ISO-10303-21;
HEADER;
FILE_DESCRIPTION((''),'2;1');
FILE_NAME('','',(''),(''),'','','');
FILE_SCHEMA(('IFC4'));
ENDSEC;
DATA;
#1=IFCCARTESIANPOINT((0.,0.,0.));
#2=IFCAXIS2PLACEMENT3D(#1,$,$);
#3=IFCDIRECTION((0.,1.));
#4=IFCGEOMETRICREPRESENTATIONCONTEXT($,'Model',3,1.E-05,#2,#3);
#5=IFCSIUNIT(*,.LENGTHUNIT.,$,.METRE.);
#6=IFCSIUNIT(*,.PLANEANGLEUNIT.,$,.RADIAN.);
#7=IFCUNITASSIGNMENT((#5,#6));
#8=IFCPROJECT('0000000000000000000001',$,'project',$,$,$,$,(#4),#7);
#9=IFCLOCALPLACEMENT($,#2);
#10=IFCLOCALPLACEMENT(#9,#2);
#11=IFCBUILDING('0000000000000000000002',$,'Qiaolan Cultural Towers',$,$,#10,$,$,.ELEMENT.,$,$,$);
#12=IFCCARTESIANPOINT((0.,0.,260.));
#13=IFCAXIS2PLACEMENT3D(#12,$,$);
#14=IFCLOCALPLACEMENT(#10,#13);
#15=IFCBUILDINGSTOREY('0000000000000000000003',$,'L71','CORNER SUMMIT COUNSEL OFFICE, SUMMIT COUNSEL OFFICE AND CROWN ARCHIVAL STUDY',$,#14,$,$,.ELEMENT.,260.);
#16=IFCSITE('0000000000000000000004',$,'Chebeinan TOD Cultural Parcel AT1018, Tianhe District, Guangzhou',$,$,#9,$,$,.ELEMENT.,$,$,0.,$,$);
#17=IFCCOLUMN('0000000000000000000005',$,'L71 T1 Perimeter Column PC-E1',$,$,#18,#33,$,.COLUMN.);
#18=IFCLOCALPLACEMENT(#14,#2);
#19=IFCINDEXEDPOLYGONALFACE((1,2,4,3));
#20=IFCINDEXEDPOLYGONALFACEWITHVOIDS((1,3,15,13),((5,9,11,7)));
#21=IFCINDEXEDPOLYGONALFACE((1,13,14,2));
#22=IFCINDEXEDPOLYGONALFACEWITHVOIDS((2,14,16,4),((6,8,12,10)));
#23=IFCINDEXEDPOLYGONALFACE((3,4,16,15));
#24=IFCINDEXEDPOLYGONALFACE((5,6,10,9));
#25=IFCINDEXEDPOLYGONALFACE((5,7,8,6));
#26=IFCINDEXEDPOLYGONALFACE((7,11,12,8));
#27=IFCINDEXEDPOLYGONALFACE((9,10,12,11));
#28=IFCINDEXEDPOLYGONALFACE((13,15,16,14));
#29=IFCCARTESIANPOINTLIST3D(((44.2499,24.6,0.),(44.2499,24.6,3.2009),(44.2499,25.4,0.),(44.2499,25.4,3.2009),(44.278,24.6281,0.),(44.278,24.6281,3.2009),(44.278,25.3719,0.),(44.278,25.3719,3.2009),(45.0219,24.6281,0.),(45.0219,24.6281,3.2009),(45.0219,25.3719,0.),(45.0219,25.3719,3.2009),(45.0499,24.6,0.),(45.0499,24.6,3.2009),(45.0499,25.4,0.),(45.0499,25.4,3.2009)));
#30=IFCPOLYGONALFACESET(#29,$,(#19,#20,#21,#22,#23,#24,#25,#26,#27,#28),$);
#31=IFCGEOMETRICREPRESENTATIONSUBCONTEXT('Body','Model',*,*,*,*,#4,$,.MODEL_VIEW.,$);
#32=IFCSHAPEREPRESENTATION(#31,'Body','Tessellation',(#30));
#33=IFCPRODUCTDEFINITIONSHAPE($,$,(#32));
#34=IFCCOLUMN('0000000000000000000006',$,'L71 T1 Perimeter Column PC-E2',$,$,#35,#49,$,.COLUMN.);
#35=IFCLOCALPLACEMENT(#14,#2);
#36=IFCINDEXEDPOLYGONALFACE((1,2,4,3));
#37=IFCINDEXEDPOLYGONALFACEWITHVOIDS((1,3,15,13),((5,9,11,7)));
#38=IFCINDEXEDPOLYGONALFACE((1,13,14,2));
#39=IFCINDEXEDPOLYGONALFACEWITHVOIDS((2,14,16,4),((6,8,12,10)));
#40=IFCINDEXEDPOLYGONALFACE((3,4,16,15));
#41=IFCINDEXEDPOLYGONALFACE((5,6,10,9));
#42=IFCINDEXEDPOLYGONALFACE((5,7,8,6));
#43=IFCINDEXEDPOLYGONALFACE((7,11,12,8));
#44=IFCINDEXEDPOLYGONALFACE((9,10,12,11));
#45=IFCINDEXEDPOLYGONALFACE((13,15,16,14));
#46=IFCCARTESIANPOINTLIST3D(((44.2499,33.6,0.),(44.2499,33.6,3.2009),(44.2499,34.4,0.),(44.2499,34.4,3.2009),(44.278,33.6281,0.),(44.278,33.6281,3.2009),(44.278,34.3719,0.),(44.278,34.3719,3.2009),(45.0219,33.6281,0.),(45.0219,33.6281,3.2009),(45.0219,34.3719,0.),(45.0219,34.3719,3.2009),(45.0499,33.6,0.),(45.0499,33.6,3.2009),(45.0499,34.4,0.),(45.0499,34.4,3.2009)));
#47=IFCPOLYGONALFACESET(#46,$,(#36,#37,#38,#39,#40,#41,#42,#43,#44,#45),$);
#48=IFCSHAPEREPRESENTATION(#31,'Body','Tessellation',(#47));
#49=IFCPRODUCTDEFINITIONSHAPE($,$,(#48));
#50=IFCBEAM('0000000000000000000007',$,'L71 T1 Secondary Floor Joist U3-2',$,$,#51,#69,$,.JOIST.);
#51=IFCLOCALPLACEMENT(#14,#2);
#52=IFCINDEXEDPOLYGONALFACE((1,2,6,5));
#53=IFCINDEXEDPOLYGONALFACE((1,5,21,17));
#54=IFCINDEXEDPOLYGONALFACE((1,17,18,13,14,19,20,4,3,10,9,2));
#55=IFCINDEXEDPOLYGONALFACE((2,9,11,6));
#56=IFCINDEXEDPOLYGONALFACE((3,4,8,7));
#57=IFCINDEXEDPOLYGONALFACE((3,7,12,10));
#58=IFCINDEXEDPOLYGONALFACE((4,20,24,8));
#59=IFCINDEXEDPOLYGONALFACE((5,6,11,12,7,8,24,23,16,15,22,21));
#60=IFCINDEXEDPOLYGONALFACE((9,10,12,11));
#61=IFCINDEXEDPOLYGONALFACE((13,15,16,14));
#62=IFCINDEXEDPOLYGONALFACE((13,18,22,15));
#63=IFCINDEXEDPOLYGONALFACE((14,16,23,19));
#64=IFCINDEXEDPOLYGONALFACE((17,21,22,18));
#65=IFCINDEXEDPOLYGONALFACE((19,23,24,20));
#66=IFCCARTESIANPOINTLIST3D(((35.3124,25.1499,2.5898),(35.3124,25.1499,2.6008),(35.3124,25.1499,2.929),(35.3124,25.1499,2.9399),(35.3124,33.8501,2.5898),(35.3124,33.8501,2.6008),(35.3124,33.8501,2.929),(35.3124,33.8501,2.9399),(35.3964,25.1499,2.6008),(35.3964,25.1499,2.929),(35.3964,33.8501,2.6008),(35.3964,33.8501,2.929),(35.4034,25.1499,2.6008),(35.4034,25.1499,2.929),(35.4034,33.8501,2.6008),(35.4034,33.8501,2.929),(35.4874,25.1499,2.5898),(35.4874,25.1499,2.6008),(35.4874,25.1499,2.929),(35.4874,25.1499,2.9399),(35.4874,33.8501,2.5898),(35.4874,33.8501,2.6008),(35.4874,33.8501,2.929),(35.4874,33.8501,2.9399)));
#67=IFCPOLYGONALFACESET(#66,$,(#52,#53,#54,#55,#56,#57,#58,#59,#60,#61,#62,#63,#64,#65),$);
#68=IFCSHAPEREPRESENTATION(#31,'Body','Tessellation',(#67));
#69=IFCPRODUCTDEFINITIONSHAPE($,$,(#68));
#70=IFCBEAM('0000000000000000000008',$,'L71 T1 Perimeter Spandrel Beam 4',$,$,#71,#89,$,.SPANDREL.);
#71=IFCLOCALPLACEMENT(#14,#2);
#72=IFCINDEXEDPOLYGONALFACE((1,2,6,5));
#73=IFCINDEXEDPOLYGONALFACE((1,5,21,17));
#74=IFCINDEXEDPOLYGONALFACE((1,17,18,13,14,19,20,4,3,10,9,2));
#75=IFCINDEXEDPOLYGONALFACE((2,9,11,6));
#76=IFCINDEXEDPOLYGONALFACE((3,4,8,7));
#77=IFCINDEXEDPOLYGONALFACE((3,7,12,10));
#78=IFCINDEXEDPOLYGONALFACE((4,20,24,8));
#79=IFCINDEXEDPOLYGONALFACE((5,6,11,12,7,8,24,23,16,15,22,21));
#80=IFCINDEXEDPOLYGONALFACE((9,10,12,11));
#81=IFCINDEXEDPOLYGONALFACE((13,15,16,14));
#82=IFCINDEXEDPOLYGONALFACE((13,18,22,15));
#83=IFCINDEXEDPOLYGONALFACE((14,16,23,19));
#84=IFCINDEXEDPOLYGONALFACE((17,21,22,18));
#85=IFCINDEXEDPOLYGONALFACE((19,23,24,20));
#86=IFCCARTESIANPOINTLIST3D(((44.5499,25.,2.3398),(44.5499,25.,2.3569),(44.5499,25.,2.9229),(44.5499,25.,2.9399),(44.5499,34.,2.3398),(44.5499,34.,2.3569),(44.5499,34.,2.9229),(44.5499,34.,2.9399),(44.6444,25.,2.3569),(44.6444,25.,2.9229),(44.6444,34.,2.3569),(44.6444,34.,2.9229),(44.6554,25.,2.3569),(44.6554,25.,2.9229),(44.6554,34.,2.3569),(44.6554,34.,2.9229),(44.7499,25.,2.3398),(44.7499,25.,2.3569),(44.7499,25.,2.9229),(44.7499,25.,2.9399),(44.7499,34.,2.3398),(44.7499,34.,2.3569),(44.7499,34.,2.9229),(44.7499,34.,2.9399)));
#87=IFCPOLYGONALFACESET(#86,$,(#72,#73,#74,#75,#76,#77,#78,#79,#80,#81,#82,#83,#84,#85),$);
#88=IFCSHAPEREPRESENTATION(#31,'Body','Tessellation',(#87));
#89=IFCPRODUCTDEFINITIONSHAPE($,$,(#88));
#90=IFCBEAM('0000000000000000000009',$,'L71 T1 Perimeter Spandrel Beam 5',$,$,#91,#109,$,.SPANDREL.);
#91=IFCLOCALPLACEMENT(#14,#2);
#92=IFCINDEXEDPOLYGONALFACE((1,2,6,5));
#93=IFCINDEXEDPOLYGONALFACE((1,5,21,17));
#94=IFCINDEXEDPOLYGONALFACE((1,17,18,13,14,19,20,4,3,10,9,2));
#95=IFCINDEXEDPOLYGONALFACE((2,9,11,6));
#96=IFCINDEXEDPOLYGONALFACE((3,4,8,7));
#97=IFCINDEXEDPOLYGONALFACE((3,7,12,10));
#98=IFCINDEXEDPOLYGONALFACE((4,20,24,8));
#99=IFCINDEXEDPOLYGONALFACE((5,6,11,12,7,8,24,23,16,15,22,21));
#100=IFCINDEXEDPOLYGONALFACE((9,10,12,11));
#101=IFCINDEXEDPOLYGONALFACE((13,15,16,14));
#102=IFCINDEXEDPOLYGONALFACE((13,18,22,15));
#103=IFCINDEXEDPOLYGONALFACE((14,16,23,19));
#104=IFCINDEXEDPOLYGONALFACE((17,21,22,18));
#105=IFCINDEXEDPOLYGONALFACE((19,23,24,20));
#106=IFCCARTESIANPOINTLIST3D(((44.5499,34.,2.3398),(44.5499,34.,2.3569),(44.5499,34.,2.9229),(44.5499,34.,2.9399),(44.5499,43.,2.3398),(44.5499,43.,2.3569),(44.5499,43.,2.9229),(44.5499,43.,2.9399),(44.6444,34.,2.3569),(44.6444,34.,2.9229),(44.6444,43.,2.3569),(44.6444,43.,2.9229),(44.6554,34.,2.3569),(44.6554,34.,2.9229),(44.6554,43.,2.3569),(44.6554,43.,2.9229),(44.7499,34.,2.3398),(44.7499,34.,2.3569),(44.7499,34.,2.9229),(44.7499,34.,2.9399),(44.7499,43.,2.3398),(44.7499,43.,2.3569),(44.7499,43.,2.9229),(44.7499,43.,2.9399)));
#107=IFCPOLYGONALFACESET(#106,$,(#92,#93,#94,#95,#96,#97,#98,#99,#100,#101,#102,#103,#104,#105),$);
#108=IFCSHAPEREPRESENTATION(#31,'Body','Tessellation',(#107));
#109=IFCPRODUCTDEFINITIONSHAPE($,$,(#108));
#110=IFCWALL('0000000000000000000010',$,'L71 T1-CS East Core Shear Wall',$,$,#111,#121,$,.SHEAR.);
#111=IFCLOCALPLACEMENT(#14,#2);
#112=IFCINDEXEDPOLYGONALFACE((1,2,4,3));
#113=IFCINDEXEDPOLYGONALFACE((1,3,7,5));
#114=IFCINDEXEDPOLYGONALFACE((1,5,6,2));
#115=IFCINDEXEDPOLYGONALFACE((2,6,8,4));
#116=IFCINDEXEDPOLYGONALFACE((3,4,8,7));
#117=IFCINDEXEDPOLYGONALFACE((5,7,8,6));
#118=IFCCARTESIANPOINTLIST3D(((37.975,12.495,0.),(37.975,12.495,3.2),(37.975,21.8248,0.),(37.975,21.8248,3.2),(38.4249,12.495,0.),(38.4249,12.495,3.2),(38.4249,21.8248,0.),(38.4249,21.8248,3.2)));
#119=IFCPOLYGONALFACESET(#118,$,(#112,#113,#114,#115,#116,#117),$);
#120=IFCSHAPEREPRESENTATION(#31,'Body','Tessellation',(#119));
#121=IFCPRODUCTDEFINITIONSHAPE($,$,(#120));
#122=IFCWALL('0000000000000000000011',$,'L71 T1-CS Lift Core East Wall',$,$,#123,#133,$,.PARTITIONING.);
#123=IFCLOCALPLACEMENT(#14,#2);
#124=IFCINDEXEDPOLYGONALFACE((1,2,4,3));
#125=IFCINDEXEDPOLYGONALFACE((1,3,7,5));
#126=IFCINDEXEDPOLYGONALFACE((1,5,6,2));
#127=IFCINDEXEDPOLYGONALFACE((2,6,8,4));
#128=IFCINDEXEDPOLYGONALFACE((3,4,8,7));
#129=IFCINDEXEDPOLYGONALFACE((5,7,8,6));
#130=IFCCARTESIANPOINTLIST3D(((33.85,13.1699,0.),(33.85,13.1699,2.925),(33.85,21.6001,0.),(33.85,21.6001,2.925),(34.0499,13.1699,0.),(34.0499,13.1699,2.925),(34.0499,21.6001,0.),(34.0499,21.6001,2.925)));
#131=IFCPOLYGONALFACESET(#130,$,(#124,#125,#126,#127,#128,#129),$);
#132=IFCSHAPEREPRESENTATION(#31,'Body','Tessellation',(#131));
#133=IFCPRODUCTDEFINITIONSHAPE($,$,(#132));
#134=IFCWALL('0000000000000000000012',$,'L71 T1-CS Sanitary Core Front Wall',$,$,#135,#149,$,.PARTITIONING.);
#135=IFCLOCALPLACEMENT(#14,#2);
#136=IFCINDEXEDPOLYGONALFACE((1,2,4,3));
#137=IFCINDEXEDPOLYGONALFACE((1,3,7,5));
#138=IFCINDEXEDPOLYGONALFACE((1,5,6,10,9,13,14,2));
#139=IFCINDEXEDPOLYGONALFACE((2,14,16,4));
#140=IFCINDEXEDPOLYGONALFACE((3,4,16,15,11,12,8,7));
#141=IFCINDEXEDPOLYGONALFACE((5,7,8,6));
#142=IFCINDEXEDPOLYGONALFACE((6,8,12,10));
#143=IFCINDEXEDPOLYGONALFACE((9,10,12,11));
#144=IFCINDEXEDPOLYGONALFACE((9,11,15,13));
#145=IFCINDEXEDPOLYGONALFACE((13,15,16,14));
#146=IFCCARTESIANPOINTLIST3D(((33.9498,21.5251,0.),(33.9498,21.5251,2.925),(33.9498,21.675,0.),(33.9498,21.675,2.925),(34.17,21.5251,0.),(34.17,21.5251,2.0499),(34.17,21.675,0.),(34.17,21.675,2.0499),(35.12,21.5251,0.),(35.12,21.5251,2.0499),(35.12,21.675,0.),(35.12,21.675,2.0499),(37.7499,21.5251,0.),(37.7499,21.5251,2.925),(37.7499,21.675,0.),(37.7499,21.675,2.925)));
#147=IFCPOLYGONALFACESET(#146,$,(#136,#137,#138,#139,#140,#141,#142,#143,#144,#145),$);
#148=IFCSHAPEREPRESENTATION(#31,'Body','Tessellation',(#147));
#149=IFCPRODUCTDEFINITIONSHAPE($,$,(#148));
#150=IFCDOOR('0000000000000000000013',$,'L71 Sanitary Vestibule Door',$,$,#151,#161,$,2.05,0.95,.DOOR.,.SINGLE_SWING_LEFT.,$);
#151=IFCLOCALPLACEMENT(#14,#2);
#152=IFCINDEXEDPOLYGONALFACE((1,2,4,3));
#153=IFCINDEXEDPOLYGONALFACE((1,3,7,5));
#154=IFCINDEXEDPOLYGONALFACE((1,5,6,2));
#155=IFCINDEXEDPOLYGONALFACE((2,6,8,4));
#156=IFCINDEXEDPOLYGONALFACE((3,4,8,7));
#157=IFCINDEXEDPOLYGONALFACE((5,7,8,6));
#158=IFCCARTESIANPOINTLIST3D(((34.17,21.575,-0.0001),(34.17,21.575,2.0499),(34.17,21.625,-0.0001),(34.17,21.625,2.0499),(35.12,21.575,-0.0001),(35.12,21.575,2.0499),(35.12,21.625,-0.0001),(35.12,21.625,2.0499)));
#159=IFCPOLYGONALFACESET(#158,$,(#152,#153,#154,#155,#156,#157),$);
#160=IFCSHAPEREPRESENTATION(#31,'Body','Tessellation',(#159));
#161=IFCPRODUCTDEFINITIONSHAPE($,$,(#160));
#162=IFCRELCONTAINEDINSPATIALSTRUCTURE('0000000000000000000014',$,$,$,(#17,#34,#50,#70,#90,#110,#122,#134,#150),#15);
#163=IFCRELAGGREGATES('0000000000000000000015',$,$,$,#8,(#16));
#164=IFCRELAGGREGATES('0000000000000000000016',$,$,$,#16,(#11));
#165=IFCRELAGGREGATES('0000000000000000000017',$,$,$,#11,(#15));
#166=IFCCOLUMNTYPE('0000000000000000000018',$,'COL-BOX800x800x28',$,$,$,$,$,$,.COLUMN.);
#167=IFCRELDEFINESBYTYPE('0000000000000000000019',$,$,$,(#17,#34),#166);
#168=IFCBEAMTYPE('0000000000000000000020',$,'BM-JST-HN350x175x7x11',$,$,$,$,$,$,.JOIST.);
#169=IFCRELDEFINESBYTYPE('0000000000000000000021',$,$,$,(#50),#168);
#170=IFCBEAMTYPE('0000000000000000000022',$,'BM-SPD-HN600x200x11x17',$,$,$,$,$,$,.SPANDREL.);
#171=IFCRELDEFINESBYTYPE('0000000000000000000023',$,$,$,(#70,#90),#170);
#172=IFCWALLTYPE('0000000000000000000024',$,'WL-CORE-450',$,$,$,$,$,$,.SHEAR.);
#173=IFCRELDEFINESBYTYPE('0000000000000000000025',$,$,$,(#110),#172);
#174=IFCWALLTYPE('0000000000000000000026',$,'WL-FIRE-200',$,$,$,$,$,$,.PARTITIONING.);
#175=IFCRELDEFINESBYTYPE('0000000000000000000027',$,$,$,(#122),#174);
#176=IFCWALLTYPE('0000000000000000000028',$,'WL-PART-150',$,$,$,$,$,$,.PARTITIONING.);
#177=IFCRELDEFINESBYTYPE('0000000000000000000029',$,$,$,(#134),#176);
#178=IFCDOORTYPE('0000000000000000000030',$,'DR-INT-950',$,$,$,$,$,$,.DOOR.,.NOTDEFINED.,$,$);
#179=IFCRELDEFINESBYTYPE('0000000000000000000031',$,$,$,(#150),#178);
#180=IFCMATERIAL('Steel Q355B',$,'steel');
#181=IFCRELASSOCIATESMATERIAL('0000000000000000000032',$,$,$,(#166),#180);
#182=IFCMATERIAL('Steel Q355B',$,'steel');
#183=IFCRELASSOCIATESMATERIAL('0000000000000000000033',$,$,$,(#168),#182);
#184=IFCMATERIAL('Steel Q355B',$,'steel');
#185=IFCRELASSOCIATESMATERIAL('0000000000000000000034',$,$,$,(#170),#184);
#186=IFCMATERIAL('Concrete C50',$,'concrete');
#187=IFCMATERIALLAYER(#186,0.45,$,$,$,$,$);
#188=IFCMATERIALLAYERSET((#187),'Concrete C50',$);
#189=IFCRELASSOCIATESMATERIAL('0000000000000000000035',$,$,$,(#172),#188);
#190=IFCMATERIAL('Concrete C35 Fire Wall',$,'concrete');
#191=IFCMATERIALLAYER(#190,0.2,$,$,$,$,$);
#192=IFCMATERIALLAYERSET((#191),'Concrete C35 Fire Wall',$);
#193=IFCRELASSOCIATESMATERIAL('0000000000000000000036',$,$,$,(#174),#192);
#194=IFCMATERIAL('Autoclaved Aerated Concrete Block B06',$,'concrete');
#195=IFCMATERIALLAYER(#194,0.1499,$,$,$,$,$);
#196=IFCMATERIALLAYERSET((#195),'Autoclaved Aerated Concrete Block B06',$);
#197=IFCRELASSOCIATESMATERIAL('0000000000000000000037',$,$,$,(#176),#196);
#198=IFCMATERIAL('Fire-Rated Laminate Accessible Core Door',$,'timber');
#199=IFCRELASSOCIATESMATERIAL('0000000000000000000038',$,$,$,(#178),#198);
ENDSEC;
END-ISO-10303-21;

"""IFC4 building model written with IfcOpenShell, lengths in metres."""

from ifc_helpers import new_model, si_unit, direction, frame, frame_2d, origin, origin_2d, place, context, subcontext, project, spatial, rectangle, hollow_rectangle, i_section, extrude, material, layer, layer_set, material_profile, profile_set, type_object, element, fill, save


model = new_model("IFC4")

# Units and contexts
model_context = context("Model", 3, precision=1e-05, world=origin(), true_north=direction((0.0, 1.0)))
body_context = subcontext(model_context, "Body", "Model", "MODEL_VIEW")
ifc_project = project(units=[si_unit("LENGTHUNIT", "METRE"), si_unit("PLANEANGLEUNIT", "RADIAN")], contexts=[model_context])

# Site, building, storey
site_placement = place(None, origin())
site = spatial("IfcSite", under=ifc_project, at=site_placement, Name="Chebeinan TOD Cultural Parcel AT1018, Tianhe District, Guangzhou", CompositionType="ELEMENT", RefElevation=0.0)
building_placement = place(site_placement, origin())
building = spatial("IfcBuilding", under=site, at=building_placement, Name="Qiaolan Cultural Towers", CompositionType="ELEMENT")
storey_placement = place(building_placement, frame((0.0, 0.0, 260.0)))
storey = spatial("IfcBuildingStorey", under=building, at=storey_placement, Name="L71", Description="CORNER SUMMIT COUNSEL OFFICE, SUMMIT COUNSEL OFFICE AND CROWN ARCHIVAL STUDY", CompositionType="ELEMENT", Elevation=260.0)

# Columns
ifc_material_1 = material(Name="Steel Q355B", Category="steel")
ifc_material_profile_1 = material_profile(ifc_material_1, hollow_rectangle(XDim=0.8, YDim=0.8, WallThickness=0.0281, at=origin_2d()), Name="BOX800x800x28")
ifc_profile_set_1 = profile_set([ifc_material_profile_1], Name="Steel Q355B")
column_type = type_object("IfcColumnType", Name="COL-BOX800x800x28", PredefinedType="COLUMN", material=ifc_profile_set_1)
for number, where, z_axis, x_axis, name in (
    (1, (44.6499, 25.0, 0.0), (0.0, 0.0, 1.0), (1.0, 0.0, 0.0), "L71 T1 Perimeter Column PC-E1"),
    (2, (44.6499, 34.0, 0.0), (0.0, 0.0, 1.0), (1.0, 0.0, 0.0), "L71 T1 Perimeter Column PC-E2"),
):
    element("IfcColumn", number, at=place(storey_placement, frame(where, z_axis=z_axis, x_axis=x_axis)), inside=storey, type_object=column_type, Name=name, PredefinedType="COLUMN", context=body_context, shape_type="SweptSolid", body=[
        extrude(hollow_rectangle(XDim=0.8, YDim=0.8, WallThickness=0.0281, at=origin_2d()), origin(), (0.0, 0.0, 1.0), 3.2009),
    ])

# Beams
ifc_material_2 = material(Name="Steel Q355B", Category="steel")
ifc_material_profile_2 = material_profile(ifc_material_2, i_section(OverallWidth=0.175, OverallDepth=0.3501, WebThickness=0.0071, FlangeThickness=0.011, at=origin_2d()), Name="HN350x175x7x11")
ifc_profile_set_2 = profile_set([ifc_material_profile_2], Name="Steel Q355B")
beam_type_1 = type_object("IfcBeamType", Name="BM-JST-HN350x175x7x11", PredefinedType="JOIST", material=ifc_profile_set_2)
beam_placement = place(storey_placement, frame((35.3999, 25.1499, 2.7649), z_axis=(0.0, 1.0, 0.0), x_axis=(-1.0, 0.0, 0.0)))
element("IfcBeam", 3, at=beam_placement, inside=storey, type_object=beam_type_1, Name="L71 T1 Secondary Floor Joist U3-2", PredefinedType="JOIST", context=body_context, shape_type="SweptSolid", body=[
    extrude(i_section(OverallWidth=0.175, OverallDepth=0.3501, WebThickness=0.0071, FlangeThickness=0.011, at=origin_2d()), origin(), (0.0, 0.0, 1.0), 8.7002),
])
ifc_material_3 = material(Name="Steel Q355B", Category="steel")
ifc_material_profile_3 = material_profile(ifc_material_3, i_section(OverallWidth=0.2, OverallDepth=0.6001, WebThickness=0.011, FlangeThickness=0.0171, at=origin_2d()), Name="HN600x200x11x17")
ifc_profile_set_3 = profile_set([ifc_material_profile_3], Name="Steel Q355B")
beam_type_2 = type_object("IfcBeamType", Name="BM-SPD-HN600x200x11x17", PredefinedType="SPANDREL", material=ifc_profile_set_3)
for number, where, z_axis, x_axis, name in (
    (4, (44.6499, 25.0, 2.6399), (0.0, 1.0, 0.0), (-1.0, 0.0, 0.0), "L71 T1 Perimeter Spandrel Beam 4"),
    (5, (44.6499, 34.0, 2.6399), (0.0, 1.0, 0.0), (-1.0, 0.0, 0.0), "L71 T1 Perimeter Spandrel Beam 5"),
):
    element("IfcBeam", number, at=place(storey_placement, frame(where, z_axis=z_axis, x_axis=x_axis)), inside=storey, type_object=beam_type_2, Name=name, PredefinedType="SPANDREL", context=body_context, shape_type="SweptSolid", body=[
        extrude(i_section(OverallWidth=0.2, OverallDepth=0.6001, WebThickness=0.011, FlangeThickness=0.0171, at=origin_2d()), origin(), (0.0, 0.0, 1.0), 9.0),
    ])

# Walls
ifc_material_4 = material(Name="Concrete C50", Category="concrete")
ifc_layer_1 = layer(ifc_material_4, 0.45)
ifc_layer_set_1 = layer_set([ifc_layer_1], Name="Concrete C50")
wall_type_1 = type_object("IfcWallType", Name="WL-CORE-450", PredefinedType="SHEAR", material=ifc_layer_set_1)
wall_1_placement = place(storey_placement, frame((38.2, 21.825, 0.0), z_axis=(0.0, 0.0, 1.0), x_axis=(0.0, -1.0, 0.0)))
element("IfcWall", 6, at=wall_1_placement, inside=storey, type_object=wall_type_1, Name="L71 T1-CS East Core Shear Wall", PredefinedType="SHEAR", context=body_context, shape_type="SweptSolid", body=[
    extrude(rectangle(XDim=9.3298, YDim=0.45, at=frame_2d((4.665, 0.0))), origin(), (0.0, 0.0, 1.0), 3.2),
])
ifc_material_5 = material(Name="Concrete C35 Fire Wall", Category="concrete")
ifc_layer_2 = layer(ifc_material_5, 0.2)
ifc_layer_set_2 = layer_set([ifc_layer_2], Name="Concrete C35 Fire Wall")
wall_type_2 = type_object("IfcWallType", Name="WL-FIRE-200", PredefinedType="PARTITIONING", material=ifc_layer_set_2)
wall_2_placement = place(storey_placement, frame((33.95, 21.6001, 0.0), z_axis=(0.0, 0.0, 1.0), x_axis=(0.0, -1.0, 0.0)))
element("IfcWall", 7, at=wall_2_placement, inside=storey, type_object=wall_type_2, Name="L71 T1-CS Lift Core East Wall", PredefinedType="PARTITIONING", context=body_context, shape_type="SweptSolid", body=[
    extrude(rectangle(XDim=8.4302, YDim=0.2, at=frame_2d((4.2151, 0.0))), origin(), (0.0, 0.0, 1.0), 2.925),
])

# Wall, opening, door
ifc_material_6 = material(Name="Autoclaved Aerated Concrete Block B06", Category="concrete")
ifc_layer_3 = layer(ifc_material_6, 0.1499)
ifc_layer_set_3 = layer_set([ifc_layer_3], Name="Autoclaved Aerated Concrete Block B06")
wall_type_3 = type_object("IfcWallType", Name="WL-PART-150", PredefinedType="PARTITIONING", material=ifc_layer_set_3)
wall_3_placement = place(storey_placement, frame((33.95, 21.6001, 0.0), z_axis=(0.0, 0.0, 1.0), x_axis=(1.0, 0.0, 0.0)))
wall_3 = element("IfcWall", 8, at=wall_3_placement, inside=storey, type_object=wall_type_3, Name="L71 T1-CS Sanitary Core Front Wall", PredefinedType="PARTITIONING", context=body_context, shape_type="SweptSolid", body=[
    extrude(rectangle(XDim=3.8, YDim=0.1499, at=frame_2d((1.8999, 0.0))), origin(), (0.0, 0.0, 1.0), 2.925),
])
opening_1_placement = place(wall_3_placement, frame((0.22, 0.0, 0.0)))
opening_1 = element("IfcOpeningElement", 9, at=opening_1_placement, cuts=wall_3, PredefinedType="OPENING", context=body_context, shape_type="SweptSolid", body=[
    extrude(rectangle(XDim=0.95, YDim=2.05, at=frame_2d((0.4751, 1.0249))), frame((0.0, 0.085, 0.0), z_axis=(0.0, -1.0, 0.0), x_axis=(1.0, 0.0, 0.0)), (0.0, 0.0, 1.0), 0.1699),
])
ifc_material_7 = material(Name="Fire-Rated Laminate Accessible Core Door", Category="timber")
door_type_1 = type_object("IfcDoorType", Name="DR-INT-950", OperationType="NOTDEFINED", PredefinedType="DOOR", material=ifc_material_7)
door_1_placement = place(opening_1_placement, origin())
door_1 = element("IfcDoor", 10, at=door_1_placement, inside=storey, type_object=door_type_1, Name="L71 Sanitary Vestibule Door", OperationType="SINGLE_SWING_LEFT", OverallHeight=2.05, OverallWidth=0.95, PredefinedType="DOOR", context=body_context, shape_type="SweptSolid", body=[
    extrude(rectangle(XDim=0.95, YDim=2.05, at=frame_2d((0.4751, 1.0249))), frame((0.0, 0.0249, 0.0), z_axis=(0.0, -1.0, 0.0), x_axis=(1.0, 0.0, 0.0)), (0.0, 0.0, 1.0), 0.05),
])
fill(opening_1, door_1)

save(model, "model.ifc")
